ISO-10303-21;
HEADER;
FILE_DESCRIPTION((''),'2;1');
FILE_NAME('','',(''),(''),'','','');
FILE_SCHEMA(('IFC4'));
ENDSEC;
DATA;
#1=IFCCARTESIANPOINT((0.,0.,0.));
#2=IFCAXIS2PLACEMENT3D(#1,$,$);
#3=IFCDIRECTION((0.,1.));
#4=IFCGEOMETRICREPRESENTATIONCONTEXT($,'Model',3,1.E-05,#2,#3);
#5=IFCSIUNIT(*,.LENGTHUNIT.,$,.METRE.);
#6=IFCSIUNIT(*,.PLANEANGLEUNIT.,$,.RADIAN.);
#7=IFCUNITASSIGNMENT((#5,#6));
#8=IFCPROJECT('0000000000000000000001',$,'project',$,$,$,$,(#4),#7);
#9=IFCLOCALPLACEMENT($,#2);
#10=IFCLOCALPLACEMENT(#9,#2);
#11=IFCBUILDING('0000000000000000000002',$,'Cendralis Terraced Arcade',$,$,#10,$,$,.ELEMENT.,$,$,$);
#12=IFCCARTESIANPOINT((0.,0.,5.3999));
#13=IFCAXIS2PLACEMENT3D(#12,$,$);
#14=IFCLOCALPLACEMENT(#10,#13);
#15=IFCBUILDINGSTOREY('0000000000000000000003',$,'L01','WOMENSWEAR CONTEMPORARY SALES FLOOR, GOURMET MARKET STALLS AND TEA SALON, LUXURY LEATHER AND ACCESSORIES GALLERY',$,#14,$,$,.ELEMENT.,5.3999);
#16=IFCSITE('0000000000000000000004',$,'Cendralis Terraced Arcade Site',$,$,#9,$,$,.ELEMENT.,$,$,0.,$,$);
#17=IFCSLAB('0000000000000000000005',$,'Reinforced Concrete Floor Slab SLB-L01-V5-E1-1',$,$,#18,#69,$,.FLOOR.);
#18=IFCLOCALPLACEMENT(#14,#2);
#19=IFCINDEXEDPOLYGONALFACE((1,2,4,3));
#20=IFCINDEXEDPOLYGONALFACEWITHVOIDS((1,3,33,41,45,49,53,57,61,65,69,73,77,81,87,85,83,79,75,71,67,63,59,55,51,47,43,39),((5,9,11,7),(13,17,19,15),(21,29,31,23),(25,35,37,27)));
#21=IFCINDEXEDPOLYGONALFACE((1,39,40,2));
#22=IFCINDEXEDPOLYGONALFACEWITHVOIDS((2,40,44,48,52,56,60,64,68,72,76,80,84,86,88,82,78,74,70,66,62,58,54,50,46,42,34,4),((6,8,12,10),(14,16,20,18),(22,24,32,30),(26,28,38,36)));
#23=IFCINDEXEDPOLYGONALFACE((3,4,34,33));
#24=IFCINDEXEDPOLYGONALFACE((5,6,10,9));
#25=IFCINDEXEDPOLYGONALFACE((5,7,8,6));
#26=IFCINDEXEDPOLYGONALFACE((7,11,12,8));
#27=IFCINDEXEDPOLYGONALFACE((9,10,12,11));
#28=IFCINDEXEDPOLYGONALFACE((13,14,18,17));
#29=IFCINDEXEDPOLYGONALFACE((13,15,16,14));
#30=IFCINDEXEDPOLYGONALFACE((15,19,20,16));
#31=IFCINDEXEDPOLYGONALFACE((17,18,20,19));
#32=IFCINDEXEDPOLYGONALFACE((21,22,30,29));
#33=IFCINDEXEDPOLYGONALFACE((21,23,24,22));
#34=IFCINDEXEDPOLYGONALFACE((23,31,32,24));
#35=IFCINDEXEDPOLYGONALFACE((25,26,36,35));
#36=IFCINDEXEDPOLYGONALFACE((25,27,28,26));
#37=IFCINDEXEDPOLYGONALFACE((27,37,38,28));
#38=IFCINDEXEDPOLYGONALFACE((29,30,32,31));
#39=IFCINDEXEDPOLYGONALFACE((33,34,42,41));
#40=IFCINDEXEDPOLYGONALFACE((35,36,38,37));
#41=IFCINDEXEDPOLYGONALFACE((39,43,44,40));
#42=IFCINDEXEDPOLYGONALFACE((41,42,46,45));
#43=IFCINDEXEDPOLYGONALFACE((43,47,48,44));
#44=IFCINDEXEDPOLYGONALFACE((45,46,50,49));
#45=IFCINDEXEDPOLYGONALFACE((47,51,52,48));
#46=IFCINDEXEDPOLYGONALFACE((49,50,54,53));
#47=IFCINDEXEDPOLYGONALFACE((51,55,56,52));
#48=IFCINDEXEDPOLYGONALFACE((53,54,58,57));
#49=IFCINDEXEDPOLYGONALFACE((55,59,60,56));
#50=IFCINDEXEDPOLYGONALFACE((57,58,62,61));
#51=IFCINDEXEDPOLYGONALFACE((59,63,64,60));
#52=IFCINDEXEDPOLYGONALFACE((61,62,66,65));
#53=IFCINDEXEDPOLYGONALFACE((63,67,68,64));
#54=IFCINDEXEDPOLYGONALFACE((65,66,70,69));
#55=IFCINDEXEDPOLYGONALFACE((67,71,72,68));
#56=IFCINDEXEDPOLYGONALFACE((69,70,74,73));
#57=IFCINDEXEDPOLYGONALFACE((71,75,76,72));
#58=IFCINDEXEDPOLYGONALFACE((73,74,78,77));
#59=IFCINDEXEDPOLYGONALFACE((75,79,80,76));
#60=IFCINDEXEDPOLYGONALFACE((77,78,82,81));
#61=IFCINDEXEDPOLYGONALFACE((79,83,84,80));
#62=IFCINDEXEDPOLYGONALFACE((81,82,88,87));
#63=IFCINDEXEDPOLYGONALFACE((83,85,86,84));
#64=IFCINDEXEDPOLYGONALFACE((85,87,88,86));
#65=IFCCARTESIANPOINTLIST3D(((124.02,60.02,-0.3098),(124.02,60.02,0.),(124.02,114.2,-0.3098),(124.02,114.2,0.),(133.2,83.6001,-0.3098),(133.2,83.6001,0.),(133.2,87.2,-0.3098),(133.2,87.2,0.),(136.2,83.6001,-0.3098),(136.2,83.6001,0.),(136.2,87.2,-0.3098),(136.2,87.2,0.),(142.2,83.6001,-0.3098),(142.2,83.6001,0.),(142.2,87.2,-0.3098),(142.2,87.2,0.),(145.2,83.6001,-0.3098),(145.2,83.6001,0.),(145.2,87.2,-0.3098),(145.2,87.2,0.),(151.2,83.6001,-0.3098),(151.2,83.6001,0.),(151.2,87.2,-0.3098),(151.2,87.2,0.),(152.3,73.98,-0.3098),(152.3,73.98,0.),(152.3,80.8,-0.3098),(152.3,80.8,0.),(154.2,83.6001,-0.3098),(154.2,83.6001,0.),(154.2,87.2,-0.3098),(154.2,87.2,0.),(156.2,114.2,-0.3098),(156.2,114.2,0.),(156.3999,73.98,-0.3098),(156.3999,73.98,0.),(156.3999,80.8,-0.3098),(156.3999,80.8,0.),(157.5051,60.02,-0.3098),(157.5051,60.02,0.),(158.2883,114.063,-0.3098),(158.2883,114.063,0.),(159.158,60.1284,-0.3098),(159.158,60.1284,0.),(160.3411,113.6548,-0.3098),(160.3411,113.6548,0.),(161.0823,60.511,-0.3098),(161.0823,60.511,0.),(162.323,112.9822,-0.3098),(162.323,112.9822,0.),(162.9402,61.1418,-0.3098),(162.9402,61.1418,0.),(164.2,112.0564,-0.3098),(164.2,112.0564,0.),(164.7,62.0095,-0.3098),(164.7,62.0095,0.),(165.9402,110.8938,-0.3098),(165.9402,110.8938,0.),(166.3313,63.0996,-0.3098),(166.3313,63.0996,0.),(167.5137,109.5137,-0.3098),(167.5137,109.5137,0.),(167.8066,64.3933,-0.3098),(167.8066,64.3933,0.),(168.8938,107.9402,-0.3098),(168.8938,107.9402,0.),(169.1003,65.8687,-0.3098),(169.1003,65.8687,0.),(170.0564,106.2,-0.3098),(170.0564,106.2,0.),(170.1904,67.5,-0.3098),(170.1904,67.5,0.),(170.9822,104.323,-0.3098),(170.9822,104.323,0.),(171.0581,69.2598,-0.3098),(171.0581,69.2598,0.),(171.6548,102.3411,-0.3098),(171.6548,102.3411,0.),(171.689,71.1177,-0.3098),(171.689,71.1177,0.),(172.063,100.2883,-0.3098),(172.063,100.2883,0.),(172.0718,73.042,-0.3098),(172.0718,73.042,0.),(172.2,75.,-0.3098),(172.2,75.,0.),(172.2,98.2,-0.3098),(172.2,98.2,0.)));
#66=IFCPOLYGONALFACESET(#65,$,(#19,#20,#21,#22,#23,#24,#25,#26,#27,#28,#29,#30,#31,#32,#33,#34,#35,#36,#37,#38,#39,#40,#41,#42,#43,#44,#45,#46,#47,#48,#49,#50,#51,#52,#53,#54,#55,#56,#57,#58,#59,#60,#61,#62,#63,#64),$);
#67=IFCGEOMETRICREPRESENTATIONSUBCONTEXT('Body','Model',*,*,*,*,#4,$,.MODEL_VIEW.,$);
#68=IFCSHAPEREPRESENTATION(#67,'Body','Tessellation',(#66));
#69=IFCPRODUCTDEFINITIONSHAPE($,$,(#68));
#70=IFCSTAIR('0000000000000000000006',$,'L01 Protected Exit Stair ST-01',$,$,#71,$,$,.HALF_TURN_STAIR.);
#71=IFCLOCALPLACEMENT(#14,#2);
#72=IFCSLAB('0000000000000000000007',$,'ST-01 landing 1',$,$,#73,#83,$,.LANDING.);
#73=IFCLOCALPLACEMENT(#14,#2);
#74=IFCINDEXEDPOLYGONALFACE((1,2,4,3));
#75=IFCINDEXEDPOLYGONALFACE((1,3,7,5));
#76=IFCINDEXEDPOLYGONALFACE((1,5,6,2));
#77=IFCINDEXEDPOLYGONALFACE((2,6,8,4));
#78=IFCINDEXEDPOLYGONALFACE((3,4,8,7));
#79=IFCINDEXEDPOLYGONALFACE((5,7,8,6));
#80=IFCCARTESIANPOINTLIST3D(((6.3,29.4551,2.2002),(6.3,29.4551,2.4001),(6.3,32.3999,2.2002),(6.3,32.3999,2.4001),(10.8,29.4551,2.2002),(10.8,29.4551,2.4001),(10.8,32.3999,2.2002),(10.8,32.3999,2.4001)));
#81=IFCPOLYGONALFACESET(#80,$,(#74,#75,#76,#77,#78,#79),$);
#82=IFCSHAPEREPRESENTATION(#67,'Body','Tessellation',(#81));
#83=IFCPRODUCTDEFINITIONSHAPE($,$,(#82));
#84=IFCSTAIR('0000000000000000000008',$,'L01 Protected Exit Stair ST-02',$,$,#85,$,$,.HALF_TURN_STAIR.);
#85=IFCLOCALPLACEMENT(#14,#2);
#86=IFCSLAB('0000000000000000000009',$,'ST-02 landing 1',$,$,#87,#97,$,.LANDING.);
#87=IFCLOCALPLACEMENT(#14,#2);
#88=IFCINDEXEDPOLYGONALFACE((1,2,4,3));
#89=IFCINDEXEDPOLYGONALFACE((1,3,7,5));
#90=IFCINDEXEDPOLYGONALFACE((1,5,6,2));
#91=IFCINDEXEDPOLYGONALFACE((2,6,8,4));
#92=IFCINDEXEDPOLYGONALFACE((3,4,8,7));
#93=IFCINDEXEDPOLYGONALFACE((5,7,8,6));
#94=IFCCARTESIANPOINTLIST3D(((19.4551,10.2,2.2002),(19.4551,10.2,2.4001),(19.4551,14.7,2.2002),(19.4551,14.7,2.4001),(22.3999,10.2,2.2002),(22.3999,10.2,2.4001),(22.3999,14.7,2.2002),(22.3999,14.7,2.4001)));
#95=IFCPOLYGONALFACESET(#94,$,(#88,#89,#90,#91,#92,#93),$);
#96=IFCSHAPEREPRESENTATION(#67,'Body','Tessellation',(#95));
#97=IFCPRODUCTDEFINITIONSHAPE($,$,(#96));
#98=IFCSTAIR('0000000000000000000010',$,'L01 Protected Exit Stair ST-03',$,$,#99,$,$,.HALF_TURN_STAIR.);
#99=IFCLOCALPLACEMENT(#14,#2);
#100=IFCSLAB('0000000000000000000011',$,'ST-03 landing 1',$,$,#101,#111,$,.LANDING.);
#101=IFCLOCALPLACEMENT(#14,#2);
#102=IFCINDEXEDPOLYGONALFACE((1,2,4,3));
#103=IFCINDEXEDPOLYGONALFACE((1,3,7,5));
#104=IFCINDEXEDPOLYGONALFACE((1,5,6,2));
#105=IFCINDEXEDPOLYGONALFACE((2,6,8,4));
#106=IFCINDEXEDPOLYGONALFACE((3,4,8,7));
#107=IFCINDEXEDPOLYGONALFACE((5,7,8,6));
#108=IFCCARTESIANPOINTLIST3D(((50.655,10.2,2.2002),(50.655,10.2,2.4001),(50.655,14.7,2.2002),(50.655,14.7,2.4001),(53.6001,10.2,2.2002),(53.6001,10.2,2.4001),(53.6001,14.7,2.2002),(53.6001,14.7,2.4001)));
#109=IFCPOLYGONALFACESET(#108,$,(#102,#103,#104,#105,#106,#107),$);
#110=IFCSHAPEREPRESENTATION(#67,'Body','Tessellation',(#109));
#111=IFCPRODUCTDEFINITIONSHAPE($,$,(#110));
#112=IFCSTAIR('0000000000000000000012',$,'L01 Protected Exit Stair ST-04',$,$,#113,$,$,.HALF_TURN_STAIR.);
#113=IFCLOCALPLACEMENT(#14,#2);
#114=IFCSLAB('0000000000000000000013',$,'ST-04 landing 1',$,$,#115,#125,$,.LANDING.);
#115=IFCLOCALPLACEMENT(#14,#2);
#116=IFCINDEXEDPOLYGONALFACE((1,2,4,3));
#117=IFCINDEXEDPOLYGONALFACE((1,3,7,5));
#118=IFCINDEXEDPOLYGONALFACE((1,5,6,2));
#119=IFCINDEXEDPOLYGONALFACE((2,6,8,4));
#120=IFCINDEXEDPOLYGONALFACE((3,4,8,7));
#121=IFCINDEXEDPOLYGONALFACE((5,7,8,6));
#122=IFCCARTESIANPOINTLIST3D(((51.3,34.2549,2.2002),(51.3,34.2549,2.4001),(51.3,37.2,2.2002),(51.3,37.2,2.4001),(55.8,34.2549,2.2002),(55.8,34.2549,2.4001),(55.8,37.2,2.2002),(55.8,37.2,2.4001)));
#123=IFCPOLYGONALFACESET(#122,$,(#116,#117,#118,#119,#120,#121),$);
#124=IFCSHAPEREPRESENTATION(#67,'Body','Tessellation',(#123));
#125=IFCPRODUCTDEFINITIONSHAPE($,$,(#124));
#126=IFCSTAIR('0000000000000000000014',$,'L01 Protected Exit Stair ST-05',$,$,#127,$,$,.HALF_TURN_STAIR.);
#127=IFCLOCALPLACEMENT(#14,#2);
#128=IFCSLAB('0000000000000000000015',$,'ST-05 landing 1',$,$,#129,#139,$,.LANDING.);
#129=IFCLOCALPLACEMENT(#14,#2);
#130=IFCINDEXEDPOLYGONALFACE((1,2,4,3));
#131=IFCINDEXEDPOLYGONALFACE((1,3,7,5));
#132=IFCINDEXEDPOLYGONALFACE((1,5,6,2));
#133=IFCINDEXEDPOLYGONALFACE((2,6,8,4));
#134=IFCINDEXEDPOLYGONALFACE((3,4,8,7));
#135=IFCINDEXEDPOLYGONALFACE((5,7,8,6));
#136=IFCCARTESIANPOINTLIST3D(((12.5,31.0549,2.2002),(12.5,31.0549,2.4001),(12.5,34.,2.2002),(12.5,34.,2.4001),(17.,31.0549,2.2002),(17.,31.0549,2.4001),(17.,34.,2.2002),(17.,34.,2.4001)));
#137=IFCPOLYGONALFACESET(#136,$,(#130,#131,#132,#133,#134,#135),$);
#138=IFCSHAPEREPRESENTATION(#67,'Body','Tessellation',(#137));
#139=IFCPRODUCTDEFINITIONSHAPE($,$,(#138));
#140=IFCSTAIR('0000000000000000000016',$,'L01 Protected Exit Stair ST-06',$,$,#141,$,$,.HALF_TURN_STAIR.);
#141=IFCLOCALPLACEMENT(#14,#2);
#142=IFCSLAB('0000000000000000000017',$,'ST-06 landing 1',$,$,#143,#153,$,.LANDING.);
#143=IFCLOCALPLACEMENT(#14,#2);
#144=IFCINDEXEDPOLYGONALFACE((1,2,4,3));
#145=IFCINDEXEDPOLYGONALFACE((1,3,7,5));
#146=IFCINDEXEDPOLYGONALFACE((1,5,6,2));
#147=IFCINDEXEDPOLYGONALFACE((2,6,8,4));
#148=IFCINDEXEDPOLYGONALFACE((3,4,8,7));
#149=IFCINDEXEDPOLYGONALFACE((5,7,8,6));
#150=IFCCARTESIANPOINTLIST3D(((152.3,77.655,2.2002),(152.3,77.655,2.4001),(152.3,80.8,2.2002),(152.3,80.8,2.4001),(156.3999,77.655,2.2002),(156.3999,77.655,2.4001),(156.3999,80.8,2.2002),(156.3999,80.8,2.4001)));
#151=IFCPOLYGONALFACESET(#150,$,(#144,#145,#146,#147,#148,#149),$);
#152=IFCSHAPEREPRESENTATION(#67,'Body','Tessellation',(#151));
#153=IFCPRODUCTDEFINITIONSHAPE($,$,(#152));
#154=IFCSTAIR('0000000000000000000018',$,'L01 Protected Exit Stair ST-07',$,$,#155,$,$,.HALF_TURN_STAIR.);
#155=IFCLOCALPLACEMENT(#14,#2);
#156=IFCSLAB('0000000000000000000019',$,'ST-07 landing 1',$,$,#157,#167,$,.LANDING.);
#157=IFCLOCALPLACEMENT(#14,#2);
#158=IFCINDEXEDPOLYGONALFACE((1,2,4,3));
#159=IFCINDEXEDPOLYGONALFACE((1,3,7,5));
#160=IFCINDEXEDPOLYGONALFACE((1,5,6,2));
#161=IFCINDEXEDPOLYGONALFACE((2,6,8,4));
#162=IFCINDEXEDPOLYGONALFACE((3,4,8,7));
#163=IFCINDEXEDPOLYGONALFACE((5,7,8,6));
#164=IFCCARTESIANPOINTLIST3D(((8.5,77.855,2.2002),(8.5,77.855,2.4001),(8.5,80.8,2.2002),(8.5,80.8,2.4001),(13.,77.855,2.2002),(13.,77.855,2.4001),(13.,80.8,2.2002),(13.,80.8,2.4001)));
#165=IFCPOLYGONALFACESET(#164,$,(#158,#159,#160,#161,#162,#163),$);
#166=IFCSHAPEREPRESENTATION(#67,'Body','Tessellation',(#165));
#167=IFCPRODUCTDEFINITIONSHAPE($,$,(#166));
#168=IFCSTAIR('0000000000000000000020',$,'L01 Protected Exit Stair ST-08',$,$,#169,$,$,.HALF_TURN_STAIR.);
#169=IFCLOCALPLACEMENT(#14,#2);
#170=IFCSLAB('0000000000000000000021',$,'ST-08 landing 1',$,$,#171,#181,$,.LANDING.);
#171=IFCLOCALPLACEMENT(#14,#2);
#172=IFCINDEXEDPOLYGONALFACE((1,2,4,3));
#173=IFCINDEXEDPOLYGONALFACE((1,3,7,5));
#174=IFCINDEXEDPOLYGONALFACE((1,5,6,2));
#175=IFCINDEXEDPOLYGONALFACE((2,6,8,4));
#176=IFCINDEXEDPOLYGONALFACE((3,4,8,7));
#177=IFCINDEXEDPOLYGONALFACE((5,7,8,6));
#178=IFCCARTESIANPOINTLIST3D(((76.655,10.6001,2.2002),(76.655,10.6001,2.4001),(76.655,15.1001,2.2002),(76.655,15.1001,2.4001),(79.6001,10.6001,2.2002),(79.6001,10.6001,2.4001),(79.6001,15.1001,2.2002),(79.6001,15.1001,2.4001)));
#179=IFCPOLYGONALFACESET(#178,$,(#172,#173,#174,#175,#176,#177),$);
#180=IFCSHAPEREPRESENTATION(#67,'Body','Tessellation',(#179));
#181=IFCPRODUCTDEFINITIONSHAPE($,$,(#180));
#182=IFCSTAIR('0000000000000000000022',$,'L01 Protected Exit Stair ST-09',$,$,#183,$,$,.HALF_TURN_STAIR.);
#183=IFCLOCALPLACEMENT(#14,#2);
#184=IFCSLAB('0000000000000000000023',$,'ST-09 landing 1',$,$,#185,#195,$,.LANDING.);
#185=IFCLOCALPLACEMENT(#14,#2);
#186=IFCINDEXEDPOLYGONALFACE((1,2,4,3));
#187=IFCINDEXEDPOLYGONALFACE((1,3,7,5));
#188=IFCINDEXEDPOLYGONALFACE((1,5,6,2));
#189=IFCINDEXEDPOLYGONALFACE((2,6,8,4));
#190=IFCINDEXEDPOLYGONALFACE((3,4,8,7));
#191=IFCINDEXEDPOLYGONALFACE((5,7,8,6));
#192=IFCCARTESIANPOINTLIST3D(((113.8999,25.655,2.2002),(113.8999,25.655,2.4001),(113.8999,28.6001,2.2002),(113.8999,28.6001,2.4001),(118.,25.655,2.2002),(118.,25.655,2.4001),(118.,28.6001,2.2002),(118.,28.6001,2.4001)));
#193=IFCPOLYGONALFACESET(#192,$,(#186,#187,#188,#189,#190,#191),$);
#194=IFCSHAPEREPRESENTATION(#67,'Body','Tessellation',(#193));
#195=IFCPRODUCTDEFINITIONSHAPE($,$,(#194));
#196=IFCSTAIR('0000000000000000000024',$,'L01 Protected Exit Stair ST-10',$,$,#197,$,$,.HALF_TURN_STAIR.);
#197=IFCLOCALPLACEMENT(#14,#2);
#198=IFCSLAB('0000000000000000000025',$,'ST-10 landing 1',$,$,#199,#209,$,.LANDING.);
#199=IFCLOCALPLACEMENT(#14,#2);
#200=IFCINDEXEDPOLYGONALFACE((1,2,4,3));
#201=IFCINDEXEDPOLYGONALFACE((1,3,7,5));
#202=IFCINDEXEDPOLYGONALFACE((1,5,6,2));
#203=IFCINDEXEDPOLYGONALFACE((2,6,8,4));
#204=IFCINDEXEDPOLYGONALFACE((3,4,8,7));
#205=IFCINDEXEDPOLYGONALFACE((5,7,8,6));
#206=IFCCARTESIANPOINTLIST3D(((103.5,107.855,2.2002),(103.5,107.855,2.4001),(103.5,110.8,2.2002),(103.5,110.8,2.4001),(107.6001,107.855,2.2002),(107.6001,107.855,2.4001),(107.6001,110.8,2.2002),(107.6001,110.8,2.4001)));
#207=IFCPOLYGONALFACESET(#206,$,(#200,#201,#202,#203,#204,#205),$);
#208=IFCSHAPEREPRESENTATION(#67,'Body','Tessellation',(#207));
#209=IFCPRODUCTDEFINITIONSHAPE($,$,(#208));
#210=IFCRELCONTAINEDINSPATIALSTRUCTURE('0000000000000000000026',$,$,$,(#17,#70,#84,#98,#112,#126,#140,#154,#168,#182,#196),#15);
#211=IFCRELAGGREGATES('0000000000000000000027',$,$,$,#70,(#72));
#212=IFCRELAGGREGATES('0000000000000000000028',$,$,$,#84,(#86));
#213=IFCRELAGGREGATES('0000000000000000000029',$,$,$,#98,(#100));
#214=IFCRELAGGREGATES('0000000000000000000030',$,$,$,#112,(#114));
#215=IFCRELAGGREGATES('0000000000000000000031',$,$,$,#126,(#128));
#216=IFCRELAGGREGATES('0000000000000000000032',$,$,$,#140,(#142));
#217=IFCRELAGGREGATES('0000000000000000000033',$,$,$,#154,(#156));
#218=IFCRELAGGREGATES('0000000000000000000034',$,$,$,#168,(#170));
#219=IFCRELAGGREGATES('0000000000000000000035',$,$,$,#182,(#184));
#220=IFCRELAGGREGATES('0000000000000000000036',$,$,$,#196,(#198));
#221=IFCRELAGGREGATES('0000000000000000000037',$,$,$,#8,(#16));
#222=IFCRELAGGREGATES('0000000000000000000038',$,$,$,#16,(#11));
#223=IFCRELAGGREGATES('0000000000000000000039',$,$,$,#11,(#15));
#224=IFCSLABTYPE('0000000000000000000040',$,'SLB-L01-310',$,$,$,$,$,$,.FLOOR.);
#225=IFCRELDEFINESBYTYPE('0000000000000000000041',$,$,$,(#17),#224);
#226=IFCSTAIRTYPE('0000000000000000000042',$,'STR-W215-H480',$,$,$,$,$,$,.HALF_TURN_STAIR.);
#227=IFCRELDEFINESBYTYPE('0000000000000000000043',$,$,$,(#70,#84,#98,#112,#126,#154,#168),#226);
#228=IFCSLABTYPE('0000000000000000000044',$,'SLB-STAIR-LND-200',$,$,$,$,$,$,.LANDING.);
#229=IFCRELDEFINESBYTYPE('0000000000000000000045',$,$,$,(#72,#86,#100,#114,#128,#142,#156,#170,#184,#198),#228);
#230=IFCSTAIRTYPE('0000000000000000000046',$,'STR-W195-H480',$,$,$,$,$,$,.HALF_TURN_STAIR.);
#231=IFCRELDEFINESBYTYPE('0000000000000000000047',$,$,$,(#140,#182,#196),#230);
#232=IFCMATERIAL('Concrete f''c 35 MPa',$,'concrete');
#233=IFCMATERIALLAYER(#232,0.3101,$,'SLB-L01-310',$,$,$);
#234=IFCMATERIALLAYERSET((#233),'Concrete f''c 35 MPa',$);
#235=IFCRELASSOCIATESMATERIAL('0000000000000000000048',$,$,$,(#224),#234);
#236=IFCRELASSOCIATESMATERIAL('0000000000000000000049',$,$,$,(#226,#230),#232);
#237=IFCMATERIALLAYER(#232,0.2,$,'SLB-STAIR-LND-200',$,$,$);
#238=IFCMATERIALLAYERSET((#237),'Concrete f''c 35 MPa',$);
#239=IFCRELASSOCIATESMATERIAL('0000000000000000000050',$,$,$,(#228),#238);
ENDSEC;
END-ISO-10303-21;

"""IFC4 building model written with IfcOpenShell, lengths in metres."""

from ifc_helpers import new_model, si_unit, direction, frame, origin, place, context, subcontext, project, spatial, polyline, outline, extrude, material, layer, layer_set, type_object, element, aggregate, save


model = new_model("IFC4")

# Units and contexts
model_context = context("Model", 3, precision=1e-05, world=origin(), true_north=direction((0.0, 1.0)))
body_context = subcontext(model_context, "Body", "Model", "MODEL_VIEW")
ifc_project = project(units=[si_unit("LENGTHUNIT", "METRE"), si_unit("PLANEANGLEUNIT", "RADIAN")], contexts=[model_context])

# Site, building, storey
site_placement = place(None, origin())
site = spatial("IfcSite", under=ifc_project, at=site_placement, Name="Cendralis Terraced Arcade Site", CompositionType="ELEMENT", RefElevation=0.0)
building_placement = place(site_placement, origin())
building = spatial("IfcBuilding", under=site, at=building_placement, Name="Cendralis Terraced Arcade", CompositionType="ELEMENT")
storey_placement = place(building_placement, frame((0.0, 0.0, 5.3999)))
storey = spatial("IfcBuildingStorey", under=building, at=storey_placement, Name="L01", Description="WOMENSWEAR CONTEMPORARY SALES FLOOR, GOURMET MARKET STALLS AND TEA SALON, LUXURY LEATHER AND ACCESSORIES GALLERY", CompositionType="ELEMENT", Elevation=5.3999)

# Slab
ifc_material_1 = material(Name="Concrete f'c 35 MPa", Category="concrete")
ifc_layer_1 = layer(ifc_material_1, 0.3101, Name="SLB-L01-310")
ifc_layer_set_1 = layer_set([ifc_layer_1], Name="Concrete f'c 35 MPa")
slab_type_1 = type_object("IfcSlabType", Name="SLB-L01-310", PredefinedType="FLOOR", material=ifc_layer_set_1)
slab_1_placement = place(storey_placement, frame((0.0, 0.0, -0.3098)))
element("IfcSlab", 1, at=slab_1_placement, inside=storey, type_object=slab_type_1, Name="Reinforced Concrete Floor Slab SLB-L01-V5-E1-1", PredefinedType="FLOOR", context=body_context, shape_type="SweptSolid", body=[
    extrude(outline(polyline([(160.3411, 113.6548), (162.323, 112.9822), (164.2, 112.0564), (165.9402, 110.8938), (167.5137, 109.5137), (168.8938, 107.9402), (170.0564, 106.2), (170.9822, 104.323), (171.6548, 102.3411), (172.063, 100.2883), (172.2, 98.2), (172.2, 75.0), (172.0718, 73.042), (171.689, 71.1177), (171.0581, 69.2598), (170.1904, 67.5), (169.1003, 65.8687), (167.8066, 64.3933), (166.3313, 63.0996), (164.7, 62.0095), (162.9402, 61.1418), (161.0823, 60.511), (159.158, 60.1284), (157.5051, 60.02), (124.02, 60.02), (124.02, 114.2), (156.2, 114.2), (158.2883, 114.063), (160.3411, 113.6548)]), holes=[polyline([(156.3999, 80.8), (152.3, 80.8), (152.3, 73.98), (156.3999, 73.98), (156.3999, 80.8)]), polyline([(136.2, 87.2), (133.2, 87.2), (133.2, 83.6001), (136.2, 83.6001), (136.2, 87.2)]), polyline([(145.2, 87.2), (142.2, 87.2), (142.2, 83.6001), (145.2, 83.6001), (145.2, 87.2)]), polyline([(154.2, 87.2), (151.2, 87.2), (151.2, 83.6001), (154.2, 83.6001), (154.2, 87.2)])]), origin(), (0.0, 0.0, 1.0), 0.3098),
])

# Stairs, slabs
stair_type_1 = type_object("IfcStairType", Name="STR-W215-H480", PredefinedType="HALF_TURN_STAIR", material=ifc_material_1)
stair_1_placement = place(storey_placement, origin())
stair_1 = element("IfcStair", 2, at=stair_1_placement, inside=storey, type_object=stair_type_1, Name="L01 Protected Exit Stair ST-01", PredefinedType="HALF_TURN_STAIR")
ifc_layer_2 = layer(ifc_material_1, 0.2, Name="SLB-STAIR-LND-200")
ifc_layer_set_2 = layer_set([ifc_layer_2], Name="Concrete f'c 35 MPa")
slab_type_2 = type_object("IfcSlabType", Name="SLB-STAIR-LND-200", PredefinedType="LANDING", material=ifc_layer_set_2)
slab_2_placement = place(storey_placement, frame((0.0, 0.0, 2.2002)))
slab_2 = element("IfcSlab", 3, at=slab_2_placement, type_object=slab_type_2, Name="ST-01 landing 1", PredefinedType="LANDING", context=body_context, shape_type="SweptSolid", body=[
    extrude(outline(polyline([(10.8, 29.4551), (10.8, 32.3999), (6.3, 32.3999), (6.3, 29.4551), (10.8, 29.4551)])), origin(), (0.0, 0.0, 1.0), 0.2),
])
aggregate(stair_1, [slab_2])
stair_2_placement = place(storey_placement, origin())
stair_2 = element("IfcStair", 4, at=stair_2_placement, inside=storey, type_object=stair_type_1, Name="L01 Protected Exit Stair ST-02", PredefinedType="HALF_TURN_STAIR")
slab_3_placement = place(storey_placement, frame((0.0, 0.0, 2.2002)))
slab_3 = element("IfcSlab", 5, at=slab_3_placement, type_object=slab_type_2, Name="ST-02 landing 1", PredefinedType="LANDING", context=body_context, shape_type="SweptSolid", body=[
    extrude(outline(polyline([(19.4551, 10.2), (22.3999, 10.2), (22.3999, 14.7), (19.4551, 14.7), (19.4551, 10.2)])), origin(), (0.0, 0.0, 1.0), 0.2),
])
aggregate(stair_2, [slab_3])
stair_3_placement = place(storey_placement, origin())
stair_3 = element("IfcStair", 6, at=stair_3_placement, inside=storey, type_object=stair_type_1, Name="L01 Protected Exit Stair ST-03", PredefinedType="HALF_TURN_STAIR")
slab_4_placement = place(storey_placement, frame((0.0, 0.0, 2.2002)))
slab_4 = element("IfcSlab", 7, at=slab_4_placement, type_object=slab_type_2, Name="ST-03 landing 1", PredefinedType="LANDING", context=body_context, shape_type="SweptSolid", body=[
    extrude(outline(polyline([(50.655, 10.2), (53.6001, 10.2), (53.6001, 14.7), (50.655, 14.7), (50.655, 10.2)])), origin(), (0.0, 0.0, 1.0), 0.2),
])
aggregate(stair_3, [slab_4])
stair_4_placement = place(storey_placement, origin())
stair_4 = element("IfcStair", 8, at=stair_4_placement, inside=storey, type_object=stair_type_1, Name="L01 Protected Exit Stair ST-04", PredefinedType="HALF_TURN_STAIR")
slab_5_placement = place(storey_placement, frame((0.0, 0.0, 2.2002)))
slab_5 = element("IfcSlab", 9, at=slab_5_placement, type_object=slab_type_2, Name="ST-04 landing 1", PredefinedType="LANDING", context=body_context, shape_type="SweptSolid", body=[
    extrude(outline(polyline([(55.8, 34.2549), (55.8, 37.2), (51.3, 37.2), (51.3, 34.2549), (55.8, 34.2549)])), origin(), (0.0, 0.0, 1.0), 0.2),
])
aggregate(stair_4, [slab_5])
stair_5_placement = place(storey_placement, origin())
stair_5 = element("IfcStair", 10, at=stair_5_placement, inside=storey, type_object=stair_type_1, Name="L01 Protected Exit Stair ST-05", PredefinedType="HALF_TURN_STAIR")
slab_6_placement = place(storey_placement, frame((0.0, 0.0, 2.2002)))
slab_6 = element("IfcSlab", 11, at=slab_6_placement, type_object=slab_type_2, Name="ST-05 landing 1", PredefinedType="LANDING", context=body_context, shape_type="SweptSolid", body=[
    extrude(outline(polyline([(17.0, 31.0549), (17.0, 34.0), (12.5, 34.0), (12.5, 31.0549), (17.0, 31.0549)])), origin(), (0.0, 0.0, 1.0), 0.2),
])
aggregate(stair_5, [slab_6])
stair_type_2 = type_object("IfcStairType", Name="STR-W195-H480", PredefinedType="HALF_TURN_STAIR", material=ifc_material_1)
stair_6_placement = place(storey_placement, origin())
stair_6 = element("IfcStair", 12, at=stair_6_placement, inside=storey, type_object=stair_type_2, Name="L01 Protected Exit Stair ST-06", PredefinedType="HALF_TURN_STAIR")
slab_7_placement = place(storey_placement, frame((0.0, 0.0, 2.2002)))
slab_7 = element("IfcSlab", 13, at=slab_7_placement, type_object=slab_type_2, Name="ST-06 landing 1", PredefinedType="LANDING", context=body_context, shape_type="SweptSolid", body=[
    extrude(outline(polyline([(156.3999, 77.655), (156.3999, 80.8), (152.3, 80.8), (152.3, 77.655), (156.3999, 77.655)])), origin(), (0.0, 0.0, 1.0), 0.2),
])
aggregate(stair_6, [slab_7])
stair_7_placement = place(storey_placement, origin())
stair_7 = element("IfcStair", 14, at=stair_7_placement, inside=storey, type_object=stair_type_1, Name="L01 Protected Exit Stair ST-07", PredefinedType="HALF_TURN_STAIR")
slab_8_placement = place(storey_placement, frame((0.0, 0.0, 2.2002)))
slab_8 = element("IfcSlab", 15, at=slab_8_placement, type_object=slab_type_2, Name="ST-07 landing 1", PredefinedType="LANDING", context=body_context, shape_type="SweptSolid", body=[
    extrude(outline(polyline([(13.0, 77.855), (13.0, 80.8), (8.5, 80.8), (8.5, 77.855), (13.0, 77.855)])), origin(), (0.0, 0.0, 1.0), 0.2),
])
aggregate(stair_7, [slab_8])
stair_8_placement = place(storey_placement, origin())
stair_8 = element("IfcStair", 16, at=stair_8_placement, inside=storey, type_object=stair_type_1, Name="L01 Protected Exit Stair ST-08", PredefinedType="HALF_TURN_STAIR")
slab_9_placement = place(storey_placement, frame((0.0, 0.0, 2.2002)))
slab_9 = element("IfcSlab", 17, at=slab_9_placement, type_object=slab_type_2, Name="ST-08 landing 1", PredefinedType="LANDING", context=body_context, shape_type="SweptSolid", body=[
    extrude(outline(polyline([(76.655, 10.6001), (79.6001, 10.6001), (79.6001, 15.1001), (76.655, 15.1001), (76.655, 10.6001)])), origin(), (0.0, 0.0, 1.0), 0.2),
])
aggregate(stair_8, [slab_9])
stair_9_placement = place(storey_placement, origin())
stair_9 = element("IfcStair", 18, at=stair_9_placement, inside=storey, type_object=stair_type_2, Name="L01 Protected Exit Stair ST-09", PredefinedType="HALF_TURN_STAIR")
slab_10_placement = place(storey_placement, frame((0.0, 0.0, 2.2002)))
slab_10 = element("IfcSlab", 19, at=slab_10_placement, type_object=slab_type_2, Name="ST-09 landing 1", PredefinedType="LANDING", context=body_context, shape_type="SweptSolid", body=[
    extrude(outline(polyline([(118.0, 25.655), (118.0, 28.6001), (113.8999, 28.6001), (113.8999, 25.655), (118.0, 25.655)])), origin(), (0.0, 0.0, 1.0), 0.2),
])
aggregate(stair_9, [slab_10])
stair_10_placement = place(storey_placement, origin())
stair_10 = element("IfcStair", 20, at=stair_10_placement, inside=storey, type_object=stair_type_2, Name="L01 Protected Exit Stair ST-10", PredefinedType="HALF_TURN_STAIR")
slab_11_placement = place(storey_placement, frame((0.0, 0.0, 2.2002)))
slab_11 = element("IfcSlab", 21, at=slab_11_placement, type_object=slab_type_2, Name="ST-10 landing 1", PredefinedType="LANDING", context=body_context, shape_type="SweptSolid", body=[
    extrude(outline(polyline([(107.6001, 107.855), (107.6001, 110.8), (103.5, 110.8), (103.5, 107.855), (107.6001, 107.855)])), origin(), (0.0, 0.0, 1.0), 0.2),
])
aggregate(stair_10, [slab_11])

save(model, "model.ifc")
